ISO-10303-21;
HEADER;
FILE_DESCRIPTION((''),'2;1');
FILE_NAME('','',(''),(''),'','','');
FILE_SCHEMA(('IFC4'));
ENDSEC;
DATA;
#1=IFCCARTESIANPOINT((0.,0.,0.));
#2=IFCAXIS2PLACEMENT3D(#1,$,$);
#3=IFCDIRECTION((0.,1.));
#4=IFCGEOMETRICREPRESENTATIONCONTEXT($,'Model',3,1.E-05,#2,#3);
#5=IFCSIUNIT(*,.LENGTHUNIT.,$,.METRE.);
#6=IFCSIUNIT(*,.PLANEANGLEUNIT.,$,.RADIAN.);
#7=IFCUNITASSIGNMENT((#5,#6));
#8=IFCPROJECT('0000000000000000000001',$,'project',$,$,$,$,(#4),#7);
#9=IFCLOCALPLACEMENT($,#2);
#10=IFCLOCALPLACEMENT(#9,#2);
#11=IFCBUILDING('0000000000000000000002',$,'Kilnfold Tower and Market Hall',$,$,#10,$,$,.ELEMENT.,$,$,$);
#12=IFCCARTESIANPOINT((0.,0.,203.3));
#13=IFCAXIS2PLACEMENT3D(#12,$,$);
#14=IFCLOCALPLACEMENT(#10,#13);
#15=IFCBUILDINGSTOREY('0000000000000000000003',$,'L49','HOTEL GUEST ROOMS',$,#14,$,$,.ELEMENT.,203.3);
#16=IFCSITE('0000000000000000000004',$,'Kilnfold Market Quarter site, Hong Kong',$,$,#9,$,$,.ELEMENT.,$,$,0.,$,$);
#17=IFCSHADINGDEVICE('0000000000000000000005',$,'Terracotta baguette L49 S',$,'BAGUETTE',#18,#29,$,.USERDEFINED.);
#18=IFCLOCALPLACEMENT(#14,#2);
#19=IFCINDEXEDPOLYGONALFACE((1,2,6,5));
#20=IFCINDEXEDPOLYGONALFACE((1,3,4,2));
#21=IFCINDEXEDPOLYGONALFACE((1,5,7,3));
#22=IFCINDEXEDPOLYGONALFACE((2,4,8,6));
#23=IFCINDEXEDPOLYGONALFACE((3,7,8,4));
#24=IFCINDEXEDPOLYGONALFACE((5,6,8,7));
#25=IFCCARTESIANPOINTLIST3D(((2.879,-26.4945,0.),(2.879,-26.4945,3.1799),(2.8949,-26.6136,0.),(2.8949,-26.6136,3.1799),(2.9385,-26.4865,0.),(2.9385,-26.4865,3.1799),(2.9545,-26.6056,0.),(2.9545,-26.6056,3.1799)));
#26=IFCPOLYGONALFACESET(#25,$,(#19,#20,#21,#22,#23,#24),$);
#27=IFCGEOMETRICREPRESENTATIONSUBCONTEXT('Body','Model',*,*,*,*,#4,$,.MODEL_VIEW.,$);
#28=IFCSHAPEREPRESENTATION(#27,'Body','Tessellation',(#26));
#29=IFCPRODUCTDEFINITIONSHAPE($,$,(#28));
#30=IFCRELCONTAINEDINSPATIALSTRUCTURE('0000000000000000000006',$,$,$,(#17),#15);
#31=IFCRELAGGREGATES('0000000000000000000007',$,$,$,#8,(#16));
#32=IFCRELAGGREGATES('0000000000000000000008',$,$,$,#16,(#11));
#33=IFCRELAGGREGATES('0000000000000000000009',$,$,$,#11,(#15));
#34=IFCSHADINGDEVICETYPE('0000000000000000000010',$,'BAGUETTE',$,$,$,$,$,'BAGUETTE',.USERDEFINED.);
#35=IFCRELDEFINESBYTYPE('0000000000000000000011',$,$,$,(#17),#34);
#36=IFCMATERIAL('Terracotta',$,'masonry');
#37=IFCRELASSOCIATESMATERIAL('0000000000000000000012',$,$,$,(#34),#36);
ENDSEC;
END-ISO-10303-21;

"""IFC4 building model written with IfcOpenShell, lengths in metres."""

from ifc_helpers import new_model, si_unit, direction, frame, origin, origin_2d, place, context, subcontext, project, spatial, rectangle, extrude, source, transform, mapped, material, material_profile, profile_set, type_object, element, save


model = new_model("IFC4")

# Units and contexts
model_context = context("Model", 3, precision=1e-05, world=origin(), true_north=direction((0.0, 1.0)))
body_context = subcontext(model_context, "Body", "Model", "MODEL_VIEW")
ifc_project = project(units=[si_unit("LENGTHUNIT", "METRE"), si_unit("PLANEANGLEUNIT", "RADIAN")], contexts=[model_context])

# Site, building, storey
site_placement = place(None, origin())
site = spatial("IfcSite", under=ifc_project, at=site_placement, Name="Kilnfold Market Quarter site, Hong Kong", CompositionType="ELEMENT", RefElevation=0.0)
building_placement = place(site_placement, origin())
building = spatial("IfcBuilding", under=site, at=building_placement, Name="Kilnfold Tower and Market Hall", CompositionType="ELEMENT")
storey_placement = place(building_placement, frame((0.0, 0.0, 203.3)))
storey = spatial("IfcBuildingStorey", under=building, at=storey_placement, Name="L49", Description="HOTEL GUEST ROOMS", CompositionType="ELEMENT", Elevation=203.3)

# Shading device
ifc_material_1 = material(Name="Terracotta", Category="masonry")
ifc_material_profile_1 = material_profile(ifc_material_1, rectangle(XDim=0.0601, YDim=0.1201, at=origin_2d()), Name="BAG 60x120")
ifc_profile_set_1 = profile_set([ifc_material_profile_1], Name="Terracotta")
shading_device_type = type_object("IfcShadingDeviceType", Name="BAGUETTE", ElementType="BAGUETTE", PredefinedType="USERDEFINED", material=ifc_profile_set_1)
shared_shape_1 = source(origin(), body_context, "Body", "SweptSolid", [
    extrude(rectangle(XDim=0.0601, YDim=0.1201, at=origin_2d()), origin(), (0.0, 0.0, 1.0), 3.1799),
])
for number, where, z_axis, x_axis, name in (
    (1, (2.9167, -26.55, 0.0), (0.0, 0.0, 1.0), (0.991167, 0.132618, 0.0), "Terracotta baguette L49 S"),
):
    element("IfcShadingDevice", number, at=place(storey_placement, frame(where, z_axis=z_axis, x_axis=x_axis)), inside=storey, type_object=shading_device_type, Name=name, ObjectType="BAGUETTE", PredefinedType="USERDEFINED", context=body_context, shape_type="MappedRepresentation", body=[
        mapped(shared_shape_1, transform((0.0, 0.0, 0.0))),
    ])

save(model, "model.ifc")
